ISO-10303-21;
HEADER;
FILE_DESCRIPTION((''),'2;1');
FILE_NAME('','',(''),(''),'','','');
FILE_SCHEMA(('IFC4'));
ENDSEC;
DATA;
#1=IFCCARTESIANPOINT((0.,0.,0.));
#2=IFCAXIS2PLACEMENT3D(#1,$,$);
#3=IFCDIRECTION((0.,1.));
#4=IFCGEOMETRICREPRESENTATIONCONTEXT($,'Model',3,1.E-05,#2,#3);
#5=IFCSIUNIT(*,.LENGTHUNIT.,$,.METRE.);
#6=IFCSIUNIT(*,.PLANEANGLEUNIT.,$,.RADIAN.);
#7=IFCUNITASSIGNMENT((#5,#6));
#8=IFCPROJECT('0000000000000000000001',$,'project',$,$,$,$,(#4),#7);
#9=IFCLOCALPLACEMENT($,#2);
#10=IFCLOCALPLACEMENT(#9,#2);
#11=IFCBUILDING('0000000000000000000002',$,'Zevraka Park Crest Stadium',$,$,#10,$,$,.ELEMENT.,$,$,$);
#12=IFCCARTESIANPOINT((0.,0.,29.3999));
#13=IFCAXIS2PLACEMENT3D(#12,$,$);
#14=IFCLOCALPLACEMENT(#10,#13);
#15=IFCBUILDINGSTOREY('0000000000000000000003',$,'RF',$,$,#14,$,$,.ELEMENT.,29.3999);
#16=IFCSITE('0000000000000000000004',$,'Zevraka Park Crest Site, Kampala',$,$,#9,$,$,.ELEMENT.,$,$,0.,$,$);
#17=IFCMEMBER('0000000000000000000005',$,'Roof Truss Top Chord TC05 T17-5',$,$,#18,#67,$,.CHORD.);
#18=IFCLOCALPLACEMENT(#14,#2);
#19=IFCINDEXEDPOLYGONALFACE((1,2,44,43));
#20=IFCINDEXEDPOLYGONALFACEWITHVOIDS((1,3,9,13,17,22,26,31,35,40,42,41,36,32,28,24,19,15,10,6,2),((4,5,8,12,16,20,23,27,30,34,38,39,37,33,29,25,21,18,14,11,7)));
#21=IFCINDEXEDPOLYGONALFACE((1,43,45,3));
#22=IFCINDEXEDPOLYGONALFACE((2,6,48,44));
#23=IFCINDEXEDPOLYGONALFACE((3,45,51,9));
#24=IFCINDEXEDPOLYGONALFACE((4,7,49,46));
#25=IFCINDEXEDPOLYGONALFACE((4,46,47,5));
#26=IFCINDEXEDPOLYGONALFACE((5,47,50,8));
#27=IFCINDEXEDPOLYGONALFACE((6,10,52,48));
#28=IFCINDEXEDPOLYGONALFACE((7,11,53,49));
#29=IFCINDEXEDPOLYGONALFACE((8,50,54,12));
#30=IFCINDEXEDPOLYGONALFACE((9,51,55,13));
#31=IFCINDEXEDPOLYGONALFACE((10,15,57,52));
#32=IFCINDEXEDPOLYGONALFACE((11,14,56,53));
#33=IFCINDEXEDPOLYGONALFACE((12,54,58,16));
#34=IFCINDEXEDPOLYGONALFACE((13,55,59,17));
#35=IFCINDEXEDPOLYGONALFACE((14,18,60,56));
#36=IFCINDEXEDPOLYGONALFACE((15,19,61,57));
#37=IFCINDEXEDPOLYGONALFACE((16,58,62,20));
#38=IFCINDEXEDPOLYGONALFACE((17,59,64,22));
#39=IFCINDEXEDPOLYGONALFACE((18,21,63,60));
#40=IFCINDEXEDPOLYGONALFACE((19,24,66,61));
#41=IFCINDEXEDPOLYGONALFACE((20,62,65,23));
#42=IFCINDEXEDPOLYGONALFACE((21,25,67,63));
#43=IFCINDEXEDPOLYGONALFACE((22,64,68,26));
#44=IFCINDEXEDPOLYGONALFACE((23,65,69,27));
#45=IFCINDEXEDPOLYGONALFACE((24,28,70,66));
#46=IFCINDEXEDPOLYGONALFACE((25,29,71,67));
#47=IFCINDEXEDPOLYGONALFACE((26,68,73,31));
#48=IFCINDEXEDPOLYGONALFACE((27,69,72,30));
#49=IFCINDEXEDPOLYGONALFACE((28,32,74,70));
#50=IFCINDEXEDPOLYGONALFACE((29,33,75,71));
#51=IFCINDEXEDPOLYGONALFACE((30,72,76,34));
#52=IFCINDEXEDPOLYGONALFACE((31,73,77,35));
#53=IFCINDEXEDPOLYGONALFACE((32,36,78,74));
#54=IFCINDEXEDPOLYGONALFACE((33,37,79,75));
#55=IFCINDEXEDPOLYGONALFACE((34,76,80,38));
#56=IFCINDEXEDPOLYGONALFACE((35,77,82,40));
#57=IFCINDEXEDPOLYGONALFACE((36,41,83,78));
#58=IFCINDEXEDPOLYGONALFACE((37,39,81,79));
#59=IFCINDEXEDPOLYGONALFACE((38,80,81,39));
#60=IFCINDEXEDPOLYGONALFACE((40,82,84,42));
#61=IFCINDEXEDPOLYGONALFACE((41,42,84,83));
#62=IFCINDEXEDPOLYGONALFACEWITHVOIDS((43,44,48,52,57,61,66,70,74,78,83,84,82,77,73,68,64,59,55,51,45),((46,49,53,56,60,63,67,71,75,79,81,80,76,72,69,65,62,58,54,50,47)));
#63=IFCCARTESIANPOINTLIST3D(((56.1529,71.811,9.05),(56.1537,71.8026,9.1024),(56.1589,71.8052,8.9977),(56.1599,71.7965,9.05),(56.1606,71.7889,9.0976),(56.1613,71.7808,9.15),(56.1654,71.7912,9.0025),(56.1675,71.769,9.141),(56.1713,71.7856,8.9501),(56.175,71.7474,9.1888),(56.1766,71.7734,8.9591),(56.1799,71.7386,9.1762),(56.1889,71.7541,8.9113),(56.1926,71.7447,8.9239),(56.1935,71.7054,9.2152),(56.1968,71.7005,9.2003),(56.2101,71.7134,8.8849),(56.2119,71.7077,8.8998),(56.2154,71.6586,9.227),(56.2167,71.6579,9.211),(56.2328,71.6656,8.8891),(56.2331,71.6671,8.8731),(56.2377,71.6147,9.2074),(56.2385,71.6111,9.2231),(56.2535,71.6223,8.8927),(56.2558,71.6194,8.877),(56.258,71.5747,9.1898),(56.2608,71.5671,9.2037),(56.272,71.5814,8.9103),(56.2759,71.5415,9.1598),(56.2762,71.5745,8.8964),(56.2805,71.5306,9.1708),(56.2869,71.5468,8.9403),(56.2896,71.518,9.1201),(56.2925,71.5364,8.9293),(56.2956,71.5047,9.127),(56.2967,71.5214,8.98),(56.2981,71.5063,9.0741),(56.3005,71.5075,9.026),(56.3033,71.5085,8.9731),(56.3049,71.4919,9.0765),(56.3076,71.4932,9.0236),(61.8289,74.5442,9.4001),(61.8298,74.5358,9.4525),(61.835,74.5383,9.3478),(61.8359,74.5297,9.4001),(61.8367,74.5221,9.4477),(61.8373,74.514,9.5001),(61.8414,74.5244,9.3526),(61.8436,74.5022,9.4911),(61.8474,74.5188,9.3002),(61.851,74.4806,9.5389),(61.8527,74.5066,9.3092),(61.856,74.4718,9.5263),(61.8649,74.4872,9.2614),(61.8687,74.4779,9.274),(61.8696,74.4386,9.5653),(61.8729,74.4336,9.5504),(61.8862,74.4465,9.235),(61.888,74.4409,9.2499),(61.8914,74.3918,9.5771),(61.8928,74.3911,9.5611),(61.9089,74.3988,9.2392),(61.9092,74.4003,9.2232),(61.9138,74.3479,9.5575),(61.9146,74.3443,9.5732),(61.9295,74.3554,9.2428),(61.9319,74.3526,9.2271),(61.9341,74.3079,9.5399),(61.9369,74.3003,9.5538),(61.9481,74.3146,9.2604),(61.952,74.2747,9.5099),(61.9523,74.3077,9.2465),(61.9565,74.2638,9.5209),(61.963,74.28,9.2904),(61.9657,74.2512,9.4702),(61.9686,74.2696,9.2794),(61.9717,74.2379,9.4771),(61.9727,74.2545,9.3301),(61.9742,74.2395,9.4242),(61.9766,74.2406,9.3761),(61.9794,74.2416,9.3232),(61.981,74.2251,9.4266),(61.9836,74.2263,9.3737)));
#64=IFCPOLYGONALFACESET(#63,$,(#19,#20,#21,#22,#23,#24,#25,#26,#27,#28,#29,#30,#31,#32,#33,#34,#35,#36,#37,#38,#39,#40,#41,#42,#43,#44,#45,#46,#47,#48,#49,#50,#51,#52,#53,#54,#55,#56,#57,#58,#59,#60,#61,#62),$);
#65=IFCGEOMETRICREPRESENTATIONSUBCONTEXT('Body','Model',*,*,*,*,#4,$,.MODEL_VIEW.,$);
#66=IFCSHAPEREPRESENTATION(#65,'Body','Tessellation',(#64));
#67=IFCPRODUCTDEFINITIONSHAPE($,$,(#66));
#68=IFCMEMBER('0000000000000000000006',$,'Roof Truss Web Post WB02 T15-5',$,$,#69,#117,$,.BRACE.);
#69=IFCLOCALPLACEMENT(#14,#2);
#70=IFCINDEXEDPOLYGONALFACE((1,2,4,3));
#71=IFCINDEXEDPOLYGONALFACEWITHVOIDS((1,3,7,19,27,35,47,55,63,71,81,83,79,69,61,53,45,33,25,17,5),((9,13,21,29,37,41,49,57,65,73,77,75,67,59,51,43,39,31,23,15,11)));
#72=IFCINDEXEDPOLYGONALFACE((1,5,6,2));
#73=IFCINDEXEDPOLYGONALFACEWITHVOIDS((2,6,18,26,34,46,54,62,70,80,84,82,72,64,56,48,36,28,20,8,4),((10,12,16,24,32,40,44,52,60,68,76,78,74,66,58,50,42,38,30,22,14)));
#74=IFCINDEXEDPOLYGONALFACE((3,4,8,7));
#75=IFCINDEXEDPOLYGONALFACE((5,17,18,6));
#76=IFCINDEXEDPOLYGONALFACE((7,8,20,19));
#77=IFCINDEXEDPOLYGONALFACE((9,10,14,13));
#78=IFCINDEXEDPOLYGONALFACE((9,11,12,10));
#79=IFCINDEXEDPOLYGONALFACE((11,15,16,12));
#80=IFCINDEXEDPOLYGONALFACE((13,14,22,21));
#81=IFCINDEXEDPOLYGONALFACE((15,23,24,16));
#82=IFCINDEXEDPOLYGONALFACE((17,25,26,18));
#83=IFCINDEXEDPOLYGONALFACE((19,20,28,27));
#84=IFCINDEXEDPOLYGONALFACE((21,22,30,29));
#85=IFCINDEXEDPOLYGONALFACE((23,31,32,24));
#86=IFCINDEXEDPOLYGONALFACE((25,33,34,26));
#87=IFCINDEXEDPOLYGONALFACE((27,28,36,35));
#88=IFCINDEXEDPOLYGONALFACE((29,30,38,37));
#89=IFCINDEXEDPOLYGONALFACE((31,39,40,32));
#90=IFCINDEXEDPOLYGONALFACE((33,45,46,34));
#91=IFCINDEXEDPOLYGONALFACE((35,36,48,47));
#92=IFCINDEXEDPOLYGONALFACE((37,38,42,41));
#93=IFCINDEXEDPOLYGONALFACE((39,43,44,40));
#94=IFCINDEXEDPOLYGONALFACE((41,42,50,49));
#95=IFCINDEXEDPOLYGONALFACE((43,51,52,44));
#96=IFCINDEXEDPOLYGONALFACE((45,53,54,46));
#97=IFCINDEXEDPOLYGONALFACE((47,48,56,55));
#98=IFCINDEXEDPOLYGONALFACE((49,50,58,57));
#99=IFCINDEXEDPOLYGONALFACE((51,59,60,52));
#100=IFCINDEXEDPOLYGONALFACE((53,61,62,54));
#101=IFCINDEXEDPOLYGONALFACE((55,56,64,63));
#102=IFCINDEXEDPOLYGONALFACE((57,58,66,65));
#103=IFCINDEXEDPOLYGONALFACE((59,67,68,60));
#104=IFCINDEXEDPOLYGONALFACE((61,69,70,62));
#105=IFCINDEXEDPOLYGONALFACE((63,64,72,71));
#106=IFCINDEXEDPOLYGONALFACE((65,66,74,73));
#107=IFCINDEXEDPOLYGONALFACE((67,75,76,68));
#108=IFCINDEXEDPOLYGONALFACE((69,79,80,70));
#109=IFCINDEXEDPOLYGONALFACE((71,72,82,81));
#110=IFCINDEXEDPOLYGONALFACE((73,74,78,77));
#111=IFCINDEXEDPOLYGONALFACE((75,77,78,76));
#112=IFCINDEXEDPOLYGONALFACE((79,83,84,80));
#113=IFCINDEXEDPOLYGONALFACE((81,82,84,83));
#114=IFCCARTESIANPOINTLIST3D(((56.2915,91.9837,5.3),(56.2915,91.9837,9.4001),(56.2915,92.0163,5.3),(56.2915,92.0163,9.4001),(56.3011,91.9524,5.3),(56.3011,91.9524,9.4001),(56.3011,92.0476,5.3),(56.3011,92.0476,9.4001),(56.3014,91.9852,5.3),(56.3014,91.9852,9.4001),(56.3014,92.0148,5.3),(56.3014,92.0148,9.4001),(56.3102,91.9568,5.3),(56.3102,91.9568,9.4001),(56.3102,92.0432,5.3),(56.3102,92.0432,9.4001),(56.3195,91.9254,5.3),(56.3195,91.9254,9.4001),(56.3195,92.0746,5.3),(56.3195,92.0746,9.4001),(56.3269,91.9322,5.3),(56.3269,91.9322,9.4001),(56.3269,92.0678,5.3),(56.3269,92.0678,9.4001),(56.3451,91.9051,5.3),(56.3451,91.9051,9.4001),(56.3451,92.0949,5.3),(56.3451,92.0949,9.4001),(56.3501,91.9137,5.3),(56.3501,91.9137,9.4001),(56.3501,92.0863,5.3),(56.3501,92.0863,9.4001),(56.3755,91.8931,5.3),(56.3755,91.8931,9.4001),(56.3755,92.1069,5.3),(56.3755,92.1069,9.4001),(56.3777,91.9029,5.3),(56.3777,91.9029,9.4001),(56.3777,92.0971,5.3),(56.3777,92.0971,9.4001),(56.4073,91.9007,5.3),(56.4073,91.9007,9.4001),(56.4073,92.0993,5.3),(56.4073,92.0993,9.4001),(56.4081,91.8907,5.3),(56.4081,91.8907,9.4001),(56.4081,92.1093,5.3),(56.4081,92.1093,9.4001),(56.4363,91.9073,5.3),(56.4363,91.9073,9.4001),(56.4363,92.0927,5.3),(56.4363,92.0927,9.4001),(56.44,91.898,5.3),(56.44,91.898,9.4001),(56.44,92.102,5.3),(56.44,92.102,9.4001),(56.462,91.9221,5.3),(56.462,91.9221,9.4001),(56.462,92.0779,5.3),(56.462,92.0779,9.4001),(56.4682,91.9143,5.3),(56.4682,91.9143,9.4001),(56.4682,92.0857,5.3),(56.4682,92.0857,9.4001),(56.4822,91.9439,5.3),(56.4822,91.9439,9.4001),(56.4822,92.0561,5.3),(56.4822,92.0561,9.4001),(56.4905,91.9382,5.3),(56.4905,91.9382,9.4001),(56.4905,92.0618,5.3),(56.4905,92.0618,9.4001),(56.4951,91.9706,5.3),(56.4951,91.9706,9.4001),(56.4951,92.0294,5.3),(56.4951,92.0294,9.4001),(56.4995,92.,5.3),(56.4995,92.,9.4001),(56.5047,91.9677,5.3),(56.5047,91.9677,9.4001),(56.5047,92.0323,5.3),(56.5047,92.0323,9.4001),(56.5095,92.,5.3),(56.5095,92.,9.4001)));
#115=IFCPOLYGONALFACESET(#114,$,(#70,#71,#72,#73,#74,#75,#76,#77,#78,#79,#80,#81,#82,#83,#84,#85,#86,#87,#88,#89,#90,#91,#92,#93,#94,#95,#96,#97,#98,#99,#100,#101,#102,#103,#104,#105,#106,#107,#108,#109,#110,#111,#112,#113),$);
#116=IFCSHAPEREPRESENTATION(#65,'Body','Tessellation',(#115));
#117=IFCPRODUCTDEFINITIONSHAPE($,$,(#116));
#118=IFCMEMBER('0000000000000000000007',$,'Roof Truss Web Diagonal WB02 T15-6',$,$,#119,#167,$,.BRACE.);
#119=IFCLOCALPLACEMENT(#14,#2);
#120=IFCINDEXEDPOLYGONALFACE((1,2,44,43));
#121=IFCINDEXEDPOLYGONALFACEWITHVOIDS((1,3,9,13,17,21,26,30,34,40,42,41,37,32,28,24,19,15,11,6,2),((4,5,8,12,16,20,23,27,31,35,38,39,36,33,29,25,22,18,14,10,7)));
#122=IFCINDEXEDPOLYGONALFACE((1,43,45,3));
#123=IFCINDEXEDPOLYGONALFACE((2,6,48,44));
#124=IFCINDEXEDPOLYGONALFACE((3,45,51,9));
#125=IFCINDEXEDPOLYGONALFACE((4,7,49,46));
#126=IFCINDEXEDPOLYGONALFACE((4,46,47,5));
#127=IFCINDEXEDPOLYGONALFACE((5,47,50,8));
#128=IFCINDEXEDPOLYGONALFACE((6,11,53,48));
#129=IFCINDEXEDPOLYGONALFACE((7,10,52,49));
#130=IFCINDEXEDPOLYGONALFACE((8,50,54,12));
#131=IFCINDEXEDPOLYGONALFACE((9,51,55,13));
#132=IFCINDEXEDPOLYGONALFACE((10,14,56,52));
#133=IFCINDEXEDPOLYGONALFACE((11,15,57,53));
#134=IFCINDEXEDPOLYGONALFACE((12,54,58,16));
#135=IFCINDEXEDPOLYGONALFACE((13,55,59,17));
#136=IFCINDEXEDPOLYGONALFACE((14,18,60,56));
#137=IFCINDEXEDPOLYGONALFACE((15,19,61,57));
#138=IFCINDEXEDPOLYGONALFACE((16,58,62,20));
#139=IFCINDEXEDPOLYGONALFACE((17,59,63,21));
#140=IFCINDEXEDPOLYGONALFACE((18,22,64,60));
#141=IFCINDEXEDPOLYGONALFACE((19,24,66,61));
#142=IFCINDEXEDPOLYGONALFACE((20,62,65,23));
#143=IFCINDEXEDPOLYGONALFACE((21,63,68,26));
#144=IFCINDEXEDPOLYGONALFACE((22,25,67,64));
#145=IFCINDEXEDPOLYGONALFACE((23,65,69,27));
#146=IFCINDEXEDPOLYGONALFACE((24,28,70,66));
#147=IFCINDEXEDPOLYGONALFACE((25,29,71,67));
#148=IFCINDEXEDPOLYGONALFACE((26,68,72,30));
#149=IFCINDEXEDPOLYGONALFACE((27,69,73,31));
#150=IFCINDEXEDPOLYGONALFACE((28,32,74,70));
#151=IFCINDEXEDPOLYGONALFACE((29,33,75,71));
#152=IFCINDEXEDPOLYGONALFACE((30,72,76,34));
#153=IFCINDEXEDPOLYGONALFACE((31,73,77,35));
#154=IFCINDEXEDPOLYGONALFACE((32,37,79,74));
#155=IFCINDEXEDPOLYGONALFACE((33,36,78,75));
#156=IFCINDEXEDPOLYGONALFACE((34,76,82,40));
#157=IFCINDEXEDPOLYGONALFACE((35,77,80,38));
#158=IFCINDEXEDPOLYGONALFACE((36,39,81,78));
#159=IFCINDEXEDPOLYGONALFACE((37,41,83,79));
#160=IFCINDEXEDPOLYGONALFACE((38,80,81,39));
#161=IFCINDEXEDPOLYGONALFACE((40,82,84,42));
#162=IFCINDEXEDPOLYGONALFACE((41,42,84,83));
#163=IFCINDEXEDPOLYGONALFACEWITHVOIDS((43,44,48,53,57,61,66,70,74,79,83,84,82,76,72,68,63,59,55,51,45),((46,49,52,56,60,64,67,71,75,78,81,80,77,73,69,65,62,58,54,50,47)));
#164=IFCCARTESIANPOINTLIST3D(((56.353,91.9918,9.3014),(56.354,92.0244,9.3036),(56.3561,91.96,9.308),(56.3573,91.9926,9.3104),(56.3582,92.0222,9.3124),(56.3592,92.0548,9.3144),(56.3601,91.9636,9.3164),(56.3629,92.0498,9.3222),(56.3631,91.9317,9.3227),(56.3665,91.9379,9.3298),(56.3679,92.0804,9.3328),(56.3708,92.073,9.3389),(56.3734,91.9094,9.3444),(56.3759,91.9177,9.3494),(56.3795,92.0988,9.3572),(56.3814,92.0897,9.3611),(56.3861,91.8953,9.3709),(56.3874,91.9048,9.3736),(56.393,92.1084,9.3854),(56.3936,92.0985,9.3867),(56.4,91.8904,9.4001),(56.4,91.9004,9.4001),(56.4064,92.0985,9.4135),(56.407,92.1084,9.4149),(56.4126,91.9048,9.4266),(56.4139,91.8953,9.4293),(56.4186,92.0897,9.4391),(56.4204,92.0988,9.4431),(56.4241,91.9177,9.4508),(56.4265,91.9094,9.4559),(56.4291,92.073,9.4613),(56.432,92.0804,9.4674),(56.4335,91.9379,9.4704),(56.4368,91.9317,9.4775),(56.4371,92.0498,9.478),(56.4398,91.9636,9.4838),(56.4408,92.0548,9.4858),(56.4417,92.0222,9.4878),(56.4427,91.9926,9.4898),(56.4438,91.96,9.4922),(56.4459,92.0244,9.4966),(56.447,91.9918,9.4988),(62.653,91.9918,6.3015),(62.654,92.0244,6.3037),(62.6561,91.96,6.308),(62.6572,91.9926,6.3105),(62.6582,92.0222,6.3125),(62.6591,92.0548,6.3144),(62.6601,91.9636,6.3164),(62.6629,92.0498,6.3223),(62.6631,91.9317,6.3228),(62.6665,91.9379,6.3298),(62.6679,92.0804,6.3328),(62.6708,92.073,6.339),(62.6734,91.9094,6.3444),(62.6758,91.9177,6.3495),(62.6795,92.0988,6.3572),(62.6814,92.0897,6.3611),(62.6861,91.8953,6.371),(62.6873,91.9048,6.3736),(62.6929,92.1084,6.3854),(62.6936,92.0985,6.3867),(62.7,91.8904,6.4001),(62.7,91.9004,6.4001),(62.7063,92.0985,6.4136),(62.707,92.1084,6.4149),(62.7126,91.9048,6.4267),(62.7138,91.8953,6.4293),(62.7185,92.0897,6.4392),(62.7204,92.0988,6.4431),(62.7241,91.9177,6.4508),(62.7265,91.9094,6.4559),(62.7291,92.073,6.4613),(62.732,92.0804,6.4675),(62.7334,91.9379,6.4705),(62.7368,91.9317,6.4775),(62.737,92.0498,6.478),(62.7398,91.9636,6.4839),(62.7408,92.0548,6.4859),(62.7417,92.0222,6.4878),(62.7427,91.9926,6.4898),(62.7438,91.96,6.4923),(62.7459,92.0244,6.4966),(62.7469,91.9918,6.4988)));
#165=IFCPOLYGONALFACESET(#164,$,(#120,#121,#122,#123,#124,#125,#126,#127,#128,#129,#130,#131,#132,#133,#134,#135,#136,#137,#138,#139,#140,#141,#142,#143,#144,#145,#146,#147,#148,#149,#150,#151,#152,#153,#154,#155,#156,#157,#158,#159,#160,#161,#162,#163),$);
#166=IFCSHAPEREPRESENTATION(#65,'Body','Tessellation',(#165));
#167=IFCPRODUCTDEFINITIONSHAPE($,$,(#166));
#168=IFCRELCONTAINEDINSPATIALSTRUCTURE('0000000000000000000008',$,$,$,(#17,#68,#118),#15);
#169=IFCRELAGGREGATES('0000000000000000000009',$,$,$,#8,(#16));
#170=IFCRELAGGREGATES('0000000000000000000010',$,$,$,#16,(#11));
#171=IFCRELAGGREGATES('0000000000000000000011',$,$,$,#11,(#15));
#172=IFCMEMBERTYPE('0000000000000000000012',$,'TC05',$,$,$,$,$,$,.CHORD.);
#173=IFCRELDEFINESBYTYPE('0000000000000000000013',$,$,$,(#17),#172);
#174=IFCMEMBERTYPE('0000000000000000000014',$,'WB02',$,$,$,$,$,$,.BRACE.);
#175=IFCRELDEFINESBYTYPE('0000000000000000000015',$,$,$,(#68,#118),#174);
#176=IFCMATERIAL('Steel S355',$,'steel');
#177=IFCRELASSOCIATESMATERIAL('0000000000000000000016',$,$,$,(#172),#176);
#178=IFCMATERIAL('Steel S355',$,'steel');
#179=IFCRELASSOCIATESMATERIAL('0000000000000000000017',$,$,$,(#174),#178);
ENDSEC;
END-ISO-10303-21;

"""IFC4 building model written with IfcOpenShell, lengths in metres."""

from ifc_helpers import new_model, si_unit, direction, frame, origin, origin_2d, place, context, subcontext, project, spatial, hollow_circle, extrude, material, material_profile, profile_set, type_object, element, save


model = new_model("IFC4")

# Units and contexts
model_context = context("Model", 3, precision=1e-05, world=origin(), true_north=direction((0.0, 1.0)))
body_context = subcontext(model_context, "Body", "Model", "MODEL_VIEW")
ifc_project = project(units=[si_unit("LENGTHUNIT", "METRE"), si_unit("PLANEANGLEUNIT", "RADIAN")], contexts=[model_context])

# Site, building, storey
site_placement = place(None, origin())
site = spatial("IfcSite", under=ifc_project, at=site_placement, Name="Zevraka Park Crest Site, Kampala", CompositionType="ELEMENT", RefElevation=0.0)
building_placement = place(site_placement, origin())
building = spatial("IfcBuilding", under=site, at=building_placement, Name="Zevraka Park Crest Stadium", CompositionType="ELEMENT")
storey_placement = place(building_placement, frame((0.0, 0.0, 29.3999)))
storey = spatial("IfcBuildingStorey", under=building, at=storey_placement, Name="RF", CompositionType="ELEMENT", Elevation=29.3999)

# Members
ifc_material_1 = material(Name="Steel S355", Category="steel")
ifc_material_profile_1 = material_profile(ifc_material_1, hollow_circle(Radius=0.1777, WallThickness=0.0161, at=origin_2d()), Name="CHS 355.6x16")
ifc_profile_set_1 = profile_set([ifc_material_profile_1], Name="Steel S355")
member_type_1 = type_object("IfcMemberType", Name="TC05", PredefinedType="CHORD", material=ifc_profile_set_1)
for number, where, z_axis, x_axis, name in (
    (1, (56.23, 71.6509, 9.05), (0.899598, 0.43318, 0.055487), (-0.433848, 0.900986, 0.0), "Roof Truss Top Chord TC05 T17-5"),
):
    element("IfcMember", number, at=place(storey_placement, frame(where, z_axis=z_axis, x_axis=x_axis)), inside=storey, type_object=member_type_1, Name=name, PredefinedType="CHORD", context=body_context, shape_type="SweptSolid", body=[
        extrude(hollow_circle(Radius=0.1777, WallThickness=0.0161, at=origin_2d()), origin(), (0.0, 0.0, 1.0), 6.3096),
    ])
ifc_material_2 = material(Name="Steel S355", Category="steel")
ifc_material_profile_2 = material_profile(ifc_material_2, hollow_circle(Radius=0.1096, WallThickness=0.01, at=origin_2d()), Name="CHS 219.1x10")
ifc_profile_set_2 = profile_set([ifc_material_profile_2], Name="Steel S355")
member_type_2 = type_object("IfcMemberType", Name="WB02", PredefinedType="BRACE", material=ifc_profile_set_2)
member_1_placement = place(storey_placement, frame((56.3999, 92.0, 5.3), z_axis=(0.0, 0.0, 1.0), x_axis=(1.0, 0.0, 0.0)))
element("IfcMember", 2, at=member_1_placement, inside=storey, type_object=member_type_2, Name="Roof Truss Web Post WB02 T15-5", PredefinedType="BRACE", context=body_context, shape_type="SweptSolid", body=[
    extrude(hollow_circle(Radius=0.1096, WallThickness=0.01, at=origin_2d()), origin(), (0.0, 0.0, 1.0), 4.1001),
])
member_2_placement = place(storey_placement, frame((62.7, 92.0, 6.4001), z_axis=(-0.902862, 0.0, 0.429931), x_axis=(0.0, -1.0, 0.0)))
element("IfcMember", 3, at=member_2_placement, inside=storey, type_object=member_type_2, Name="Roof Truss Web Diagonal WB02 T15-6", PredefinedType="BRACE", context=body_context, shape_type="SweptSolid", body=[
    extrude(hollow_circle(Radius=0.1096, WallThickness=0.01, at=origin_2d()), origin(), (0.0, 0.0, 1.0), 6.9778),
])

save(model, "model.ifc")
